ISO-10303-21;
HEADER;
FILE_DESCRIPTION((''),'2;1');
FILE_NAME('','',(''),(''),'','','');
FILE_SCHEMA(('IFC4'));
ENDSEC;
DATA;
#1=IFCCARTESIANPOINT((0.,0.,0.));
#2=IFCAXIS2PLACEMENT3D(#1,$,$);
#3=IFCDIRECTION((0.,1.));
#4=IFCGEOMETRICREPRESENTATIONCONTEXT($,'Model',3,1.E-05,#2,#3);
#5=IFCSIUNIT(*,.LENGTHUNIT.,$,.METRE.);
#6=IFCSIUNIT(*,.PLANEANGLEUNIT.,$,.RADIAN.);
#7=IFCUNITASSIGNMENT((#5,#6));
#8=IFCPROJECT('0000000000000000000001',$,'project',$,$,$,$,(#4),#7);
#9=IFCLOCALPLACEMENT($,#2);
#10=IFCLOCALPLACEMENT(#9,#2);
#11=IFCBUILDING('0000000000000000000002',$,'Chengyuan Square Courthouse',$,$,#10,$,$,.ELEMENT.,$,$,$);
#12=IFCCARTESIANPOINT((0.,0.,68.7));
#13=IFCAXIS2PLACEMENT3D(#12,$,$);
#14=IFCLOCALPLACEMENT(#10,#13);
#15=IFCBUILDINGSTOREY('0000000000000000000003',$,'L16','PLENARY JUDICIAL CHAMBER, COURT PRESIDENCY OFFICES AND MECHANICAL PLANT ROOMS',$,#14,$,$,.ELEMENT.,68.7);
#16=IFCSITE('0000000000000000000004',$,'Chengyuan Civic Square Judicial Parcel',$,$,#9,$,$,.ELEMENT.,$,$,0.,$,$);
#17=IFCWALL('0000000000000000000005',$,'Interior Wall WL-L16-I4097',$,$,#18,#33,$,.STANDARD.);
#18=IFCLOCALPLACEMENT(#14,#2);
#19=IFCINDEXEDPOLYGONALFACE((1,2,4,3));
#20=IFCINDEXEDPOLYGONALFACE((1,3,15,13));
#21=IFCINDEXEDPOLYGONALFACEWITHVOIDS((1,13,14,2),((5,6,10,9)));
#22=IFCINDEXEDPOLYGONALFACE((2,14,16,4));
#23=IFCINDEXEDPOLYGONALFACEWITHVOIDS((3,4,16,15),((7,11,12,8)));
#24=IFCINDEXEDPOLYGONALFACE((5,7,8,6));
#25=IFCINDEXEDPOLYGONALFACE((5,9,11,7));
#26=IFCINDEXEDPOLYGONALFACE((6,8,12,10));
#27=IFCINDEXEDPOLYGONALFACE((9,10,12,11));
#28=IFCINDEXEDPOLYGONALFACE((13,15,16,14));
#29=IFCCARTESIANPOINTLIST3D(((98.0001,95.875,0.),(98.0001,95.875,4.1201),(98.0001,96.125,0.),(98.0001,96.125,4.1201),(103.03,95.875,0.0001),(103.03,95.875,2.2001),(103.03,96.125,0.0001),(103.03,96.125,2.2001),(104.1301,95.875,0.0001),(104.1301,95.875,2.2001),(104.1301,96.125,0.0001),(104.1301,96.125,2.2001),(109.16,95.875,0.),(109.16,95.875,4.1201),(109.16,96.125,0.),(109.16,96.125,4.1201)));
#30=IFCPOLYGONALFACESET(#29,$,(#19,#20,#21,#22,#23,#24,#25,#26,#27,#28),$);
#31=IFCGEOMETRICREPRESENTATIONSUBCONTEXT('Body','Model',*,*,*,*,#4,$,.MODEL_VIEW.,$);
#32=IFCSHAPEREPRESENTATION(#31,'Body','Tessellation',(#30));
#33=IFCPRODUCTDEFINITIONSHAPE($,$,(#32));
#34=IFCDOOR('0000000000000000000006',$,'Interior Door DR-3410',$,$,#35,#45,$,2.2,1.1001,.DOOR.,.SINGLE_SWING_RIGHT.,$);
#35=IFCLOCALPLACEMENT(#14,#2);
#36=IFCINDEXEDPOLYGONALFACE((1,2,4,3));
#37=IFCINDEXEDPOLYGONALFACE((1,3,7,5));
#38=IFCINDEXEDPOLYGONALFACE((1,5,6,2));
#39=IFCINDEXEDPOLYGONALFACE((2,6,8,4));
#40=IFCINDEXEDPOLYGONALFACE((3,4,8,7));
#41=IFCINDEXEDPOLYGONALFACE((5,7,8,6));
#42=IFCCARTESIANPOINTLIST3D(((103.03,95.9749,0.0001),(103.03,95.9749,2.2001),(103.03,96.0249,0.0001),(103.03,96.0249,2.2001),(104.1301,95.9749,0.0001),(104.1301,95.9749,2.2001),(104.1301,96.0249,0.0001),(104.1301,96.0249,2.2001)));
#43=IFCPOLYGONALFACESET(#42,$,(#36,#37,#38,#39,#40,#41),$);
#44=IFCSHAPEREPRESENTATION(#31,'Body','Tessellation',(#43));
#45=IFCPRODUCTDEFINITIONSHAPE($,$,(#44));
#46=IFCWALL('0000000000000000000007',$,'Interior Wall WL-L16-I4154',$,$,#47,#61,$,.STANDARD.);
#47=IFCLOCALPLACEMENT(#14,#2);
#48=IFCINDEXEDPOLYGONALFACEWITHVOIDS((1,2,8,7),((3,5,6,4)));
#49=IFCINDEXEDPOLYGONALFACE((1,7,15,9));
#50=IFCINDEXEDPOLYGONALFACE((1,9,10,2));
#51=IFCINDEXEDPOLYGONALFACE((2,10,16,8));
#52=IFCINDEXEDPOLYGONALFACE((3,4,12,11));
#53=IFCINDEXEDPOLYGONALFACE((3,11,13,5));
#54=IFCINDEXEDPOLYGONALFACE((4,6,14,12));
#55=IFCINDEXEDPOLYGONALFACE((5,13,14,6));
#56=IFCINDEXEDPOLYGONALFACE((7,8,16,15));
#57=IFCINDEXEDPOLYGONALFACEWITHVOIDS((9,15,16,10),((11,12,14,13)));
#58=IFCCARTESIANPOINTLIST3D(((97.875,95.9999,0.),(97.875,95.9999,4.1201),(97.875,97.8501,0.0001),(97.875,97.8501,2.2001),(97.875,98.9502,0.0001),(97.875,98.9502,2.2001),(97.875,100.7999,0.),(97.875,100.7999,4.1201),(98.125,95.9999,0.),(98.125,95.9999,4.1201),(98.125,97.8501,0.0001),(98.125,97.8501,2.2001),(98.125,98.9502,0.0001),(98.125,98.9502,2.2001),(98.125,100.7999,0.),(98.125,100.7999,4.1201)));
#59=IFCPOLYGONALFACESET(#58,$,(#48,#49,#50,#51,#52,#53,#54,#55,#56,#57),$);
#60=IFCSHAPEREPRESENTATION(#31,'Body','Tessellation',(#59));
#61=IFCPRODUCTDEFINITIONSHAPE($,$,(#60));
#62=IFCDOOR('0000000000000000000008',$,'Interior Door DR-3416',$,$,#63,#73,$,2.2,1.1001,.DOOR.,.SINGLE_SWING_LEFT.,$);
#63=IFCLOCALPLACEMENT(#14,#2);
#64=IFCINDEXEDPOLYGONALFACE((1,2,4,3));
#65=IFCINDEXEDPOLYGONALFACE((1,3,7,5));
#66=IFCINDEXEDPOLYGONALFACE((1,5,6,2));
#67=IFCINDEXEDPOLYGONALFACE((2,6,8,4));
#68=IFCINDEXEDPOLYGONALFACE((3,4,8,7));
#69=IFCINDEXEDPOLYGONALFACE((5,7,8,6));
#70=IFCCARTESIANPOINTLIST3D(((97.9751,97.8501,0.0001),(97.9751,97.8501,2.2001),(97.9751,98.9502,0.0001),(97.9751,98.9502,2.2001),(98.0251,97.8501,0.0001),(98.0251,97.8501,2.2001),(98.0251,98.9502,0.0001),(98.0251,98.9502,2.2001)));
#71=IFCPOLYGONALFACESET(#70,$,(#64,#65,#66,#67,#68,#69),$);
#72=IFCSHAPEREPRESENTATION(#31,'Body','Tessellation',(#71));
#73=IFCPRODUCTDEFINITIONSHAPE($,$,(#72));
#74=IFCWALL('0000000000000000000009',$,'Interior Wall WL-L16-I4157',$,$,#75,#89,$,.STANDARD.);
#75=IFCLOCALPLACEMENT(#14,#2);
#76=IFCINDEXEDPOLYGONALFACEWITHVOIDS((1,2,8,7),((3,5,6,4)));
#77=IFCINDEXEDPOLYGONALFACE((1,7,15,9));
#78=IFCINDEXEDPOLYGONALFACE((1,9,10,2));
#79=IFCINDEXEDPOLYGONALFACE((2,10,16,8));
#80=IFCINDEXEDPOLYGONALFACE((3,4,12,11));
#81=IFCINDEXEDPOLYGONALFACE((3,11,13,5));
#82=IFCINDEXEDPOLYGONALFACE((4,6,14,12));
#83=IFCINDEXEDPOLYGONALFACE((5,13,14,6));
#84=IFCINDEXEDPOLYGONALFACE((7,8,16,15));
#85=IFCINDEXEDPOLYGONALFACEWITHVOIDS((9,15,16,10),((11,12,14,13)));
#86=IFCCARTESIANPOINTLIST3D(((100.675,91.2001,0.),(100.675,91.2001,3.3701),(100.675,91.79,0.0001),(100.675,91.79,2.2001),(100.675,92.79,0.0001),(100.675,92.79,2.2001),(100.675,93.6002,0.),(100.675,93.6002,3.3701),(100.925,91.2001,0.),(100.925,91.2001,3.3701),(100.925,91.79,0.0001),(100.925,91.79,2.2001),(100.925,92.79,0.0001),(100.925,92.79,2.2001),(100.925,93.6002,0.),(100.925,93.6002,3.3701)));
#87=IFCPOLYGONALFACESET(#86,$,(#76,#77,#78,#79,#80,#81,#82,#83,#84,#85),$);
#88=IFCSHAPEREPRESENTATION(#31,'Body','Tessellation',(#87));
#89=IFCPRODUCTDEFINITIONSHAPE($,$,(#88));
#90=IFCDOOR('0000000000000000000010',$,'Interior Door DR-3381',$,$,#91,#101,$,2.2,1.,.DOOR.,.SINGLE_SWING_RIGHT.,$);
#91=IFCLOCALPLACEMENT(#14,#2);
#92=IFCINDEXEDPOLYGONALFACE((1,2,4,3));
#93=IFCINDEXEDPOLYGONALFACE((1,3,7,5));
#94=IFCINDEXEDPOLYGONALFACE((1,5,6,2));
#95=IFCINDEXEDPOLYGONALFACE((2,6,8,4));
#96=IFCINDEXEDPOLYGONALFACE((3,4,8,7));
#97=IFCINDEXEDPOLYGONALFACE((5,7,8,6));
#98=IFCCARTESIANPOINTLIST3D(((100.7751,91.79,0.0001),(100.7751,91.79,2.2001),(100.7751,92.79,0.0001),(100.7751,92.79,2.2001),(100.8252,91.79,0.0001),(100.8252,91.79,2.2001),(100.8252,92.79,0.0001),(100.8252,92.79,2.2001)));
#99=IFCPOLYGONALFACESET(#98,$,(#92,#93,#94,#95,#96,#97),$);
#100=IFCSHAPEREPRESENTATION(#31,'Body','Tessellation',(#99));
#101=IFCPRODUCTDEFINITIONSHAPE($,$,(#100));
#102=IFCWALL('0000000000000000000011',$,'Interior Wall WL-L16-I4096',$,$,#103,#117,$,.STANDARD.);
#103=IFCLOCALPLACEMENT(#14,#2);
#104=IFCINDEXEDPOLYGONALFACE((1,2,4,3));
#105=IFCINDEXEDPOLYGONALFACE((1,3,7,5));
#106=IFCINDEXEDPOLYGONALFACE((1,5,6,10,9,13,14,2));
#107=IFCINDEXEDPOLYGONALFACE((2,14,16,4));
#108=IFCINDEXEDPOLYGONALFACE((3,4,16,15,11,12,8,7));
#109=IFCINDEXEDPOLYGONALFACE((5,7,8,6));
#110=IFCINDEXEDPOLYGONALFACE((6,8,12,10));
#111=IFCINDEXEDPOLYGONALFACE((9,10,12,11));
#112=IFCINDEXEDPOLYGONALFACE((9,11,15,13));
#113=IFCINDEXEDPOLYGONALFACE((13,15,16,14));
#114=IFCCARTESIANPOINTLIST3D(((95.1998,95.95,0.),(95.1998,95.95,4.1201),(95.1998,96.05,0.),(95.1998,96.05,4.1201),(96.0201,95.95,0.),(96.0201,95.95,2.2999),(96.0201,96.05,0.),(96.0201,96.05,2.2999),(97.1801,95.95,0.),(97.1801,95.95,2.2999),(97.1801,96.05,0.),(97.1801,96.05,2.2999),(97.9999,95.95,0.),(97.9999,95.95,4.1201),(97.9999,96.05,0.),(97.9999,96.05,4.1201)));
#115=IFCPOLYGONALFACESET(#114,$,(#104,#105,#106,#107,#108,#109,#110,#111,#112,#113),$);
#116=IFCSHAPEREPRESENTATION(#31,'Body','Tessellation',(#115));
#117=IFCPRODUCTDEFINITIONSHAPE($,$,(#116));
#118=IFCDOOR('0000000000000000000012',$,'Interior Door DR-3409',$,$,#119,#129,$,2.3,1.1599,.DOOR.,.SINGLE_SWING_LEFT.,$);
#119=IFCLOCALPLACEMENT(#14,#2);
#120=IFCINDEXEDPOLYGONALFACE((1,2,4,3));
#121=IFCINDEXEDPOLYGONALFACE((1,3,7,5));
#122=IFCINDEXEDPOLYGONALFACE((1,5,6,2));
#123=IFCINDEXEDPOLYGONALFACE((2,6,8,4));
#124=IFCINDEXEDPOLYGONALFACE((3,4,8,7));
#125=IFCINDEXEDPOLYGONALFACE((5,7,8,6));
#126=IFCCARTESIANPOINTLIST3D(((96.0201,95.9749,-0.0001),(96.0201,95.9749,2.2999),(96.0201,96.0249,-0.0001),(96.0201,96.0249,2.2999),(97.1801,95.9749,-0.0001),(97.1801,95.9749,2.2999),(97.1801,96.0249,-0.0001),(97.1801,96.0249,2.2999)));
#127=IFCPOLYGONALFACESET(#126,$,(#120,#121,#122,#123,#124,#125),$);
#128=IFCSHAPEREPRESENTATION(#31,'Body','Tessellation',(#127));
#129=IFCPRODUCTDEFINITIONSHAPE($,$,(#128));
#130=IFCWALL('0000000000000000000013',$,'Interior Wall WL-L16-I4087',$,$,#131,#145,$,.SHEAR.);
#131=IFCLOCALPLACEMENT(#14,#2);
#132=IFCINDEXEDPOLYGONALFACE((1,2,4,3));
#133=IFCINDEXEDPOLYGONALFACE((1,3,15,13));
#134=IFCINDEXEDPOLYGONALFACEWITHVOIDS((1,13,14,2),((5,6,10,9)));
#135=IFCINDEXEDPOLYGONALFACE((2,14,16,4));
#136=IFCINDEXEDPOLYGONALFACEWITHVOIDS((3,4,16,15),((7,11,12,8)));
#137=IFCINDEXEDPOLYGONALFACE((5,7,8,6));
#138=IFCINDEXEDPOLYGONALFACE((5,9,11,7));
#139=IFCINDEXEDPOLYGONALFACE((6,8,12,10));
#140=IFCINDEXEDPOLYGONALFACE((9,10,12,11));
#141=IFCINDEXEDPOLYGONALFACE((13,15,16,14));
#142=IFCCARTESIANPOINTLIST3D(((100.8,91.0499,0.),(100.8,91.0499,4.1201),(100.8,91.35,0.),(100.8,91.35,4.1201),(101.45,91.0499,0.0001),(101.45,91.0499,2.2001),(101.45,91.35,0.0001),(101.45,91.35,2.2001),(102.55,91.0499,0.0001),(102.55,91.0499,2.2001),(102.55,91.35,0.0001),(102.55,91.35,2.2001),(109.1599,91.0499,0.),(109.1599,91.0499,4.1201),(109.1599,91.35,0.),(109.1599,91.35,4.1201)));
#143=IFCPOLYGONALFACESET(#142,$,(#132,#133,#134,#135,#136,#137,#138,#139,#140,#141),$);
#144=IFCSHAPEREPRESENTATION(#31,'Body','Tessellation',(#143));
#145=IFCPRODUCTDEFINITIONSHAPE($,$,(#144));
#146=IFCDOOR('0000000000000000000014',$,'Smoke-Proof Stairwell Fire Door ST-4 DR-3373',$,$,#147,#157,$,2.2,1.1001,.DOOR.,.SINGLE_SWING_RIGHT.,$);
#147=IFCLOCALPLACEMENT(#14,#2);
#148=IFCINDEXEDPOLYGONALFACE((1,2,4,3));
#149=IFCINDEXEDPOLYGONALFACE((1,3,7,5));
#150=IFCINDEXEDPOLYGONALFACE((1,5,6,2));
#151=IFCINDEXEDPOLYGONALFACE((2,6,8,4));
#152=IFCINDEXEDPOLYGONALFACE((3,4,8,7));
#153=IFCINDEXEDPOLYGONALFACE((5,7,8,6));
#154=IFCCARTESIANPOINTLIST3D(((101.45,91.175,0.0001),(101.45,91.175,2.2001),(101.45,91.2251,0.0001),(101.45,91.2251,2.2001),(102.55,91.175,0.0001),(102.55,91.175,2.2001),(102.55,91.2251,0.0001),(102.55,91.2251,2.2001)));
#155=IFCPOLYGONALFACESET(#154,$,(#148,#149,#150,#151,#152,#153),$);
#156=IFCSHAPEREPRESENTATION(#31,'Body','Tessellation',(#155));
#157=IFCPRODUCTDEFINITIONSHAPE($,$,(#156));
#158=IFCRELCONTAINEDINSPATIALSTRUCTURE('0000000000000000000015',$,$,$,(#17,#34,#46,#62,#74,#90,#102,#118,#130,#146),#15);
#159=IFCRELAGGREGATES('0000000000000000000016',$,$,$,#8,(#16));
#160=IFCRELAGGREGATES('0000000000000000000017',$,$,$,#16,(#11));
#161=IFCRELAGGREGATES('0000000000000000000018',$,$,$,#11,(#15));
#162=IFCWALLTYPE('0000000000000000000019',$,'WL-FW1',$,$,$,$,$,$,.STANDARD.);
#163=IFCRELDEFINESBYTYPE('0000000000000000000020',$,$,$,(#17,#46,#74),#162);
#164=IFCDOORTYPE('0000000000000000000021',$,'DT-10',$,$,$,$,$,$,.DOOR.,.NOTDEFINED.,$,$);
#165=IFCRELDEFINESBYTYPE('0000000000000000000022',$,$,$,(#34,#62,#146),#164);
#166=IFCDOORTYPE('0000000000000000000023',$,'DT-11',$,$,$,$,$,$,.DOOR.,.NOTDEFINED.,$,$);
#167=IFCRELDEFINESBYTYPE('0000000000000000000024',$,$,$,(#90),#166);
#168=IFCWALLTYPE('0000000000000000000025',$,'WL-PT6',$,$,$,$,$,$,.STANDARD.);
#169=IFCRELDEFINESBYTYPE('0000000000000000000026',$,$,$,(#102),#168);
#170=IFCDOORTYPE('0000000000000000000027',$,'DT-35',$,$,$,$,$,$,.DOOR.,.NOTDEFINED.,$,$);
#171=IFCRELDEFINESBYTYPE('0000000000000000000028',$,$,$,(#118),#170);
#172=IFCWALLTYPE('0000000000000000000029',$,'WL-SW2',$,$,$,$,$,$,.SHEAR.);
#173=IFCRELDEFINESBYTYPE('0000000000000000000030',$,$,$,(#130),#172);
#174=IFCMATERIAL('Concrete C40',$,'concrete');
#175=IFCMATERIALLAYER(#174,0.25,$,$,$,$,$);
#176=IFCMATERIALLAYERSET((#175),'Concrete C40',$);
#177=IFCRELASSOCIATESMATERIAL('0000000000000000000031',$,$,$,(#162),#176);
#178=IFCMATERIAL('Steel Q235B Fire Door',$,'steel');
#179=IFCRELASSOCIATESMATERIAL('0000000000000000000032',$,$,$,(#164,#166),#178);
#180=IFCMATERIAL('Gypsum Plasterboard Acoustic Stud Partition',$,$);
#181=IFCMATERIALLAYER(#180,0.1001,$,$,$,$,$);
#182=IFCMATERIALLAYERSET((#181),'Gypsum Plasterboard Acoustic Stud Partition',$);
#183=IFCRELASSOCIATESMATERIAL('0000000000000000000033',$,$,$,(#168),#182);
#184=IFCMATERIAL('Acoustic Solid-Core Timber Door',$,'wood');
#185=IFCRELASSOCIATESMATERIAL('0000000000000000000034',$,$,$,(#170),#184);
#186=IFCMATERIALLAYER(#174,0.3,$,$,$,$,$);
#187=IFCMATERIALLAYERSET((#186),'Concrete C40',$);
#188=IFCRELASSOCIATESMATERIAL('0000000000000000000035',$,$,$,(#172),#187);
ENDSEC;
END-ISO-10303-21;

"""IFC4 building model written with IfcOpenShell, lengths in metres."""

from ifc_helpers import new_model, si_unit, direction, frame, frame_2d, origin, place, context, subcontext, project, spatial, rectangle, extrude, material, layer, layer_set, type_object, element, fill, save


model = new_model("IFC4")

# Units and contexts
model_context = context("Model", 3, precision=1e-05, world=origin(), true_north=direction((0.0, 1.0)))
body_context = subcontext(model_context, "Body", "Model", "MODEL_VIEW")
ifc_project = project(units=[si_unit("LENGTHUNIT", "METRE"), si_unit("PLANEANGLEUNIT", "RADIAN")], contexts=[model_context])

# Site, building, storey
site_placement = place(None, origin())
site = spatial("IfcSite", under=ifc_project, at=site_placement, Name="Chengyuan Civic Square Judicial Parcel", CompositionType="ELEMENT", RefElevation=0.0)
building_placement = place(site_placement, origin())
building = spatial("IfcBuilding", under=site, at=building_placement, Name="Chengyuan Square Courthouse", CompositionType="ELEMENT")
storey_placement = place(building_placement, frame((0.0, 0.0, 68.7)))
storey = spatial("IfcBuildingStorey", under=building, at=storey_placement, Name="L16", Description="PLENARY JUDICIAL CHAMBER, COURT PRESIDENCY OFFICES AND MECHANICAL PLANT ROOMS", CompositionType="ELEMENT", Elevation=68.7)

# Shared definitions
ifc_material_1 = material(Name="Concrete C40", Category="concrete")

# Walls, openings, doors
ifc_layer_1 = layer(ifc_material_1, 0.25)
ifc_layer_set_1 = layer_set([ifc_layer_1], Name="Concrete C40")
wall_type_1 = type_object("IfcWallType", Name="WL-FW1", PredefinedType="STANDARD", material=ifc_layer_set_1)
wall_1_placement = place(storey_placement, frame((98.0, 96.0, 0.0), z_axis=(0.0, 0.0, 1.0), x_axis=(1.0, 0.0, 0.0)))
wall_1 = element("IfcWall", 1, at=wall_1_placement, inside=storey, type_object=wall_type_1, Name="Interior Wall WL-L16-I4097", PredefinedType="STANDARD", context=body_context, shape_type="SweptSolid", body=[
    extrude(rectangle(XDim=11.1599, YDim=0.25, at=frame_2d((5.5801, 0.0))), origin(), (0.0, 0.0, 1.0), 4.1201),
])
opening_1_placement = place(wall_1_placement, frame((5.03, 0.0, 0.0)))
opening_1 = element("IfcOpeningElement", 2, at=opening_1_placement, cuts=wall_1, PredefinedType="OPENING", context=body_context, shape_type="SweptSolid", body=[
    extrude(rectangle(XDim=1.1001, YDim=2.2, at=frame_2d((0.55, 1.1001))), frame((0.0, 0.137, 0.0), z_axis=(0.0, -1.0, 0.0), x_axis=(1.0, 0.0, 0.0)), (0.0, 0.0, 1.0), 0.2739),
])
ifc_material_2 = material(Name="Steel Q235B Fire Door", Category="steel")
door_type_1 = type_object("IfcDoorType", Name="DT-10", OperationType="NOTDEFINED", PredefinedType="DOOR", material=ifc_material_2)
door_1_placement = place(opening_1_placement, origin())
door_1 = element("IfcDoor", 3, at=door_1_placement, inside=storey, type_object=door_type_1, Name="Interior Door DR-3410", OperationType="SINGLE_SWING_RIGHT", OverallHeight=2.2, OverallWidth=1.1001, PredefinedType="DOOR", context=body_context, shape_type="SweptSolid", body=[
    extrude(rectangle(XDim=1.1001, YDim=2.2, at=frame_2d((0.55, 1.1001))), frame((0.0, 0.0249, 0.0), z_axis=(0.0, -1.0, 0.0), x_axis=(1.0, 0.0, 0.0)), (0.0, 0.0, 1.0), 0.05),
])
fill(opening_1, door_1)
wall_2_placement = place(storey_placement, frame((98.0, 96.0, 0.0), z_axis=(0.0, 0.0, 1.0), x_axis=(0.0, 1.0, 0.0)))
wall_2 = element("IfcWall", 4, at=wall_2_placement, inside=storey, type_object=wall_type_1, Name="Interior Wall WL-L16-I4154", PredefinedType="STANDARD", context=body_context, shape_type="SweptSolid", body=[
    extrude(rectangle(XDim=4.8, YDim=0.25, at=frame_2d((2.3999, 0.0))), origin(), (0.0, 0.0, 1.0), 4.1201),
])
opening_2_placement = place(wall_2_placement, frame((1.8501, 0.0, 0.0)))
opening_2 = element("IfcOpeningElement", 5, at=opening_2_placement, cuts=wall_2, PredefinedType="OPENING", context=body_context, shape_type="SweptSolid", body=[
    extrude(rectangle(XDim=1.1001, YDim=2.2, at=frame_2d((0.55, 1.1001))), frame((0.0, 0.137, 0.0), z_axis=(0.0, -1.0, 0.0), x_axis=(1.0, 0.0, 0.0)), (0.0, 0.0, 1.0), 0.2739),
])
door_2_placement = place(opening_2_placement, origin())
door_2 = element("IfcDoor", 6, at=door_2_placement, inside=storey, type_object=door_type_1, Name="Interior Door DR-3416", OperationType="SINGLE_SWING_LEFT", OverallHeight=2.2, OverallWidth=1.1001, PredefinedType="DOOR", context=body_context, shape_type="SweptSolid", body=[
    extrude(rectangle(XDim=1.1001, YDim=2.2, at=frame_2d((0.55, 1.1001))), frame((0.0, 0.0249, 0.0), z_axis=(0.0, -1.0, 0.0), x_axis=(1.0, 0.0, 0.0)), (0.0, 0.0, 1.0), 0.05),
])
fill(opening_2, door_2)
wall_3_placement = place(storey_placement, frame((100.8, 91.2, 0.0), z_axis=(0.0, 0.0, 1.0), x_axis=(0.0, 1.0, 0.0)))
wall_3 = element("IfcWall", 7, at=wall_3_placement, inside=storey, type_object=wall_type_1, Name="Interior Wall WL-L16-I4157", PredefinedType="STANDARD", context=body_context, shape_type="SweptSolid", body=[
    extrude(rectangle(XDim=2.4001, YDim=0.25, at=frame_2d((1.2002, 0.0))), origin(), (0.0, 0.0, 1.0), 3.3701),
])
opening_3_placement = place(wall_3_placement, frame((0.5901, 0.0, 0.0)))
opening_3 = element("IfcOpeningElement", 8, at=opening_3_placement, cuts=wall_3, PredefinedType="OPENING", context=body_context, shape_type="SweptSolid", body=[
    extrude(rectangle(XDim=1.0, YDim=2.2, at=frame_2d((0.5, 1.1001))), frame((0.0, 0.137, 0.0), z_axis=(0.0, -1.0, 0.0), x_axis=(1.0, 0.0, 0.0)), (0.0, 0.0, 1.0), 0.2739),
])
door_type_2 = type_object("IfcDoorType", Name="DT-11", OperationType="NOTDEFINED", PredefinedType="DOOR", material=ifc_material_2)
door_3_placement = place(opening_3_placement, origin())
door_3 = element("IfcDoor", 9, at=door_3_placement, inside=storey, type_object=door_type_2, Name="Interior Door DR-3381", OperationType="SINGLE_SWING_RIGHT", OverallHeight=2.2, OverallWidth=1.0, PredefinedType="DOOR", context=body_context, shape_type="SweptSolid", body=[
    extrude(rectangle(XDim=1.0, YDim=2.2, at=frame_2d((0.5, 1.1001))), frame((0.0, 0.0249, 0.0), z_axis=(0.0, -1.0, 0.0), x_axis=(1.0, 0.0, 0.0)), (0.0, 0.0, 1.0), 0.05),
])
fill(opening_3, door_3)
ifc_material_3 = material(Name="Gypsum Plasterboard Acoustic Stud Partition")
ifc_layer_2 = layer(ifc_material_3, 0.1001)
ifc_layer_set_2 = layer_set([ifc_layer_2], Name="Gypsum Plasterboard Acoustic Stud Partition")
wall_type_2 = type_object("IfcWallType", Name="WL-PT6", PredefinedType="STANDARD", material=ifc_layer_set_2)
wall_4_placement = place(storey_placement, frame((95.2, 96.0, 0.0), z_axis=(0.0, 0.0, 1.0), x_axis=(1.0, 0.0, 0.0)))
wall_4 = element("IfcWall", 10, at=wall_4_placement, inside=storey, type_object=wall_type_2, Name="Interior Wall WL-L16-I4096", PredefinedType="STANDARD", context=body_context, shape_type="SweptSolid", body=[
    extrude(rectangle(XDim=2.8, YDim=0.1001, at=frame_2d((1.3999, 0.0))), origin(), (0.0, 0.0, 1.0), 4.1201),
])
opening_4_placement = place(wall_4_placement, frame((0.8201, 0.0, 0.0)))
opening_4 = element("IfcOpeningElement", 11, at=opening_4_placement, cuts=wall_4, PredefinedType="OPENING", context=body_context, shape_type="SweptSolid", body=[
    extrude(rectangle(XDim=1.1599, YDim=2.3, at=frame_2d((0.5801, 1.1499))), frame((0.0, 0.062, 0.0), z_axis=(0.0, -1.0, 0.0), x_axis=(1.0, 0.0, 0.0)), (0.0, 0.0, 1.0), 0.124),
])
ifc_material_4 = material(Name="Acoustic Solid-Core Timber Door", Category="wood")
door_type_3 = type_object("IfcDoorType", Name="DT-35", OperationType="NOTDEFINED", PredefinedType="DOOR", material=ifc_material_4)
door_4_placement = place(opening_4_placement, origin())
door_4 = element("IfcDoor", 12, at=door_4_placement, inside=storey, type_object=door_type_3, Name="Interior Door DR-3409", OperationType="SINGLE_SWING_LEFT", OverallHeight=2.3, OverallWidth=1.1599, PredefinedType="DOOR", context=body_context, shape_type="SweptSolid", body=[
    extrude(rectangle(XDim=1.1599, YDim=2.3, at=frame_2d((0.5801, 1.1499))), frame((0.0, 0.0249, 0.0), z_axis=(0.0, -1.0, 0.0), x_axis=(1.0, 0.0, 0.0)), (0.0, 0.0, 1.0), 0.05),
])
fill(opening_4, door_4)
ifc_layer_3 = layer(ifc_material_1, 0.3)
ifc_layer_set_3 = layer_set([ifc_layer_3], Name="Concrete C40")
wall_type_3 = type_object("IfcWallType", Name="WL-SW2", PredefinedType="SHEAR", material=ifc_layer_set_3)
wall_5_placement = place(storey_placement, frame((100.8, 91.2, 0.0), z_axis=(0.0, 0.0, 1.0), x_axis=(1.0, 0.0, 0.0)))
wall_5 = element("IfcWall", 13, at=wall_5_placement, inside=storey, type_object=wall_type_3, Name="Interior Wall WL-L16-I4087", PredefinedType="SHEAR", context=body_context, shape_type="SweptSolid", body=[
    extrude(rectangle(XDim=8.3599, YDim=0.3, at=frame_2d((4.1799, 0.0))), origin(), (0.0, 0.0, 1.0), 4.1201),
])
opening_5_placement = place(wall_5_placement, frame((0.6499, 0.0, 0.0)))
opening_5 = element("IfcOpeningElement", 14, at=opening_5_placement, cuts=wall_5, PredefinedType="OPENING", context=body_context, shape_type="SweptSolid", body=[
    extrude(rectangle(XDim=1.1001, YDim=2.2, at=frame_2d((0.55, 1.1001))), frame((0.0, 0.1621, 0.0), z_axis=(0.0, -1.0, 0.0), x_axis=(1.0, 0.0, 0.0)), (0.0, 0.0, 1.0), 0.324),
])
door_5_placement = place(opening_5_placement, frame((1.1001, 0.0, 0.0), z_axis=(0.0, 0.0, 1.0), x_axis=(-1.0, 0.0, 0.0)))
door_5 = element("IfcDoor", 15, at=door_5_placement, inside=storey, type_object=door_type_1, Name="Smoke-Proof Stairwell Fire Door ST-4 DR-3373", OperationType="SINGLE_SWING_RIGHT", OverallHeight=2.2, OverallWidth=1.1001, PredefinedType="DOOR", context=body_context, shape_type="SweptSolid", body=[
    extrude(rectangle(XDim=1.1001, YDim=2.2, at=frame_2d((0.55, 1.1001))), frame((0.0, 0.0249, 0.0), z_axis=(0.0, -1.0, 0.0), x_axis=(1.0, 0.0, 0.0)), (0.0, 0.0, 1.0), 0.05),
])
fill(opening_5, door_5)

save(model, "model.ifc")
